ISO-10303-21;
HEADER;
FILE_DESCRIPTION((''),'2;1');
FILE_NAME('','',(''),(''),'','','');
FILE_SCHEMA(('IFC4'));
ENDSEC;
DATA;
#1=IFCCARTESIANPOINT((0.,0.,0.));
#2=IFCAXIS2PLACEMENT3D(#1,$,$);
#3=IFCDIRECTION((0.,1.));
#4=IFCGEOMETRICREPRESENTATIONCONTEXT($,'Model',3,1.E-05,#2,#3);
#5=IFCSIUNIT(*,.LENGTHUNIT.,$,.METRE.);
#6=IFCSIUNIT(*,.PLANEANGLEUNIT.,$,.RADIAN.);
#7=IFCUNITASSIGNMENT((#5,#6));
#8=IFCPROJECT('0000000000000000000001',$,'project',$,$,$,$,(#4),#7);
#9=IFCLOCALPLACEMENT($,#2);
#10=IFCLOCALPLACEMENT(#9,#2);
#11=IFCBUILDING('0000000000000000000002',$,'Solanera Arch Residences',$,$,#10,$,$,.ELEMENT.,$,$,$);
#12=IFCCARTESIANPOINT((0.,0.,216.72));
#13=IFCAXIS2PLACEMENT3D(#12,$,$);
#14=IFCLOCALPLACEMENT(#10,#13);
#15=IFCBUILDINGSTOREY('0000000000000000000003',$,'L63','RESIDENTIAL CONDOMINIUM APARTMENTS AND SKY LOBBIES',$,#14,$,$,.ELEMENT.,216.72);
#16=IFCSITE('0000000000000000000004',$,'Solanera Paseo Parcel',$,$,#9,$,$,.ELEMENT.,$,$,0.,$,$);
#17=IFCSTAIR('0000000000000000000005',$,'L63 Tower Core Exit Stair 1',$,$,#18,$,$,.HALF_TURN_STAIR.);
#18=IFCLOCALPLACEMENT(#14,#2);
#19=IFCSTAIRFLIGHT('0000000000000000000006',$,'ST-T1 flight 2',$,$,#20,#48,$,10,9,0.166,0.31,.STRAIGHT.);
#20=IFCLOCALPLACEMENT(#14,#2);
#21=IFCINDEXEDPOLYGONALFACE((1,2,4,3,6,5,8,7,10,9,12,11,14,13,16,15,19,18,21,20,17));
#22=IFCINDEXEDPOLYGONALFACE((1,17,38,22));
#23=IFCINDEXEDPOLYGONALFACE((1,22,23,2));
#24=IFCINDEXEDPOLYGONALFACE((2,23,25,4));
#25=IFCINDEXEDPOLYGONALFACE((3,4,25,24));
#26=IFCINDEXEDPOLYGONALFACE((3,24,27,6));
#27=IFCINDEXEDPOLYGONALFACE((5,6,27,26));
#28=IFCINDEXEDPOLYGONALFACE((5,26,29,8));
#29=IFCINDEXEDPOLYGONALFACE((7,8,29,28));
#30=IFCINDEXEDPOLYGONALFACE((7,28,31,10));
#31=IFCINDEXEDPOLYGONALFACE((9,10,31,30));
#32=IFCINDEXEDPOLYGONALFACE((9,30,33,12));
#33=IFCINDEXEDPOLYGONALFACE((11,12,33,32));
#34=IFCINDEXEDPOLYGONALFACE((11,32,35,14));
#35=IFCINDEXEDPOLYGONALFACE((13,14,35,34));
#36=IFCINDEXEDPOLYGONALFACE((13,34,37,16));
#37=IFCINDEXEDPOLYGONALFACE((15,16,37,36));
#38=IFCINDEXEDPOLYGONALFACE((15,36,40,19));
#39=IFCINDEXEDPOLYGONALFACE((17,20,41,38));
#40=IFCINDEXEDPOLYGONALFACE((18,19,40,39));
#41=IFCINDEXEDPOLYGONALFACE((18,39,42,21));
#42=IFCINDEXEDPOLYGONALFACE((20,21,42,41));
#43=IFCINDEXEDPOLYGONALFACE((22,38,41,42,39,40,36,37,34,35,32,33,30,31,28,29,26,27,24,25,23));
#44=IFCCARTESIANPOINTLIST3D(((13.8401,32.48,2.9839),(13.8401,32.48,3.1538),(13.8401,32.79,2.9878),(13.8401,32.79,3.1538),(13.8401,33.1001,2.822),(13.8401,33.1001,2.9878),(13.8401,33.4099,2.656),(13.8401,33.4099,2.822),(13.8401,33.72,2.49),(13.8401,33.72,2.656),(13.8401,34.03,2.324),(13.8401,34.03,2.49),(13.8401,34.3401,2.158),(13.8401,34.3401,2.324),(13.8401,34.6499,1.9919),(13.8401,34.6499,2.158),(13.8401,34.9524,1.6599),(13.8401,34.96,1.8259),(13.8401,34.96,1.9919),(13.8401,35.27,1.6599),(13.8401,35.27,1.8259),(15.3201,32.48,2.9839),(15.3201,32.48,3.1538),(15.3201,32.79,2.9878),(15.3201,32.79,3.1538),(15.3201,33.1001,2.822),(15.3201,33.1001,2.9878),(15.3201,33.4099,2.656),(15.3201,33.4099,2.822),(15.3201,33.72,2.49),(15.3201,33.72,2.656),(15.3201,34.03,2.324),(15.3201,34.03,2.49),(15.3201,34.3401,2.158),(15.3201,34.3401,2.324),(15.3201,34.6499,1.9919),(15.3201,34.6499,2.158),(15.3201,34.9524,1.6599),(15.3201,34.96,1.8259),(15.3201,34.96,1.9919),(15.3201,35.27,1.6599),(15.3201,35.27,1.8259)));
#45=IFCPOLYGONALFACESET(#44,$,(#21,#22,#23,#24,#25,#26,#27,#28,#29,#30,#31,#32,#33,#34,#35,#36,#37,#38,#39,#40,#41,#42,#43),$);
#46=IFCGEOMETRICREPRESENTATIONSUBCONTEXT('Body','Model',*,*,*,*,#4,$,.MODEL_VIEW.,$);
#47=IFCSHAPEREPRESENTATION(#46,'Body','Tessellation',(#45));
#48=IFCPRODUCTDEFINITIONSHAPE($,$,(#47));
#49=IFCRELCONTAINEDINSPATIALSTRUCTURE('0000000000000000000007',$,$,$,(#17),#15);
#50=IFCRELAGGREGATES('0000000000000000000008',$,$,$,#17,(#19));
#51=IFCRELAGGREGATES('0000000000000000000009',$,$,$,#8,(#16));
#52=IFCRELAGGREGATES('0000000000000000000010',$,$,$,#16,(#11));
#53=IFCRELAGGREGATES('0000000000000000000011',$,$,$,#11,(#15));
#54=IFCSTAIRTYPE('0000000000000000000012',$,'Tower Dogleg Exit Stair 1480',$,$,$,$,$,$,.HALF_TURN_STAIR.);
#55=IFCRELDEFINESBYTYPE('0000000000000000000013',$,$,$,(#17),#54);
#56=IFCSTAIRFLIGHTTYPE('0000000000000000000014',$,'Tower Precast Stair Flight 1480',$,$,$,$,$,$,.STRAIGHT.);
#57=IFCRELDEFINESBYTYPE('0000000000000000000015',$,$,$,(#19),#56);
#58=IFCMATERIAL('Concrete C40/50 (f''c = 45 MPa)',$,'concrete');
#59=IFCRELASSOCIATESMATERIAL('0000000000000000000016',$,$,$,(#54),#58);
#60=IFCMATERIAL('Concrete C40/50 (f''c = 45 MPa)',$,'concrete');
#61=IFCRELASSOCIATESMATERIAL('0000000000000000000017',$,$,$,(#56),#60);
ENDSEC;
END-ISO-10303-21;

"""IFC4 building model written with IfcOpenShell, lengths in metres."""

from ifc_helpers import new_model, si_unit, direction, frame, origin, place, context, subcontext, project, spatial, polyline, outline, extrude, material, type_object, element, aggregate, save


model = new_model("IFC4")

# Units and contexts
model_context = context("Model", 3, precision=1e-05, world=origin(), true_north=direction((0.0, 1.0)))
body_context = subcontext(model_context, "Body", "Model", "MODEL_VIEW")
ifc_project = project(units=[si_unit("LENGTHUNIT", "METRE"), si_unit("PLANEANGLEUNIT", "RADIAN")], contexts=[model_context])

# Site, building, storey
site_placement = place(None, origin())
site = spatial("IfcSite", under=ifc_project, at=site_placement, Name="Solanera Paseo Parcel", CompositionType="ELEMENT", RefElevation=0.0)
building_placement = place(site_placement, origin())
building = spatial("IfcBuilding", under=site, at=building_placement, Name="Solanera Arch Residences", CompositionType="ELEMENT")
storey_placement = place(building_placement, frame((0.0, 0.0, 216.72)))
storey = spatial("IfcBuildingStorey", under=building, at=storey_placement, Name="L63", Description="RESIDENTIAL CONDOMINIUM APARTMENTS AND SKY LOBBIES", CompositionType="ELEMENT", Elevation=216.72)

# Stair, stair flight
ifc_material_1 = material(Name="Concrete C40/50 (f'c = 45 MPa)", Category="concrete")
stair_type = type_object("IfcStairType", Name="Tower Dogleg Exit Stair 1480", PredefinedType="HALF_TURN_STAIR", material=ifc_material_1)
stair_placement = place(storey_placement, origin())
stair = element("IfcStair", 1, at=stair_placement, inside=storey, type_object=stair_type, Name="L63 Tower Core Exit Stair 1", PredefinedType="HALF_TURN_STAIR")
ifc_material_2 = material(Name="Concrete C40/50 (f'c = 45 MPa)", Category="concrete")
stair_flight_type = type_object("IfcStairFlightType", Name="Tower Precast Stair Flight 1480", PredefinedType="STRAIGHT", material=ifc_material_2)
stair_flight_placement = place(storey_placement, frame((14.5801, 35.27, 1.6599), z_axis=(0.0, 0.0, 1.0), x_axis=(0.0, -1.0, 0.0)))
stair_flight = element("IfcStairFlight", 2, at=stair_flight_placement, type_object=stair_flight_type, Name="ST-T1 flight 2", NumberOfRisers=10, NumberOfTreads=9, PredefinedType="STRAIGHT", RiserHeight=0.166, TreadLength=0.31, context=body_context, shape_type="SweptSolid", body=[
    extrude(outline(polyline([(0.0, 0.0), (0.0, 0.166), (0.3101, 0.166), (0.3101, 0.332), (0.6201, 0.332), (0.6201, 0.498), (0.9299, 0.498), (0.9299, 0.6641), (1.24, 0.6641), (1.24, 0.8301), (1.55, 0.8301), (1.55, 0.9961), (1.8601, 0.9961), (1.8601, 1.1621), (2.1699, 1.1621), (2.1699, 1.3279), (2.48, 1.3279), (2.48, 1.4939), (2.79, 1.4939), (2.79, 1.6599), (2.79, 1.324), (0.3176, 0.0), (0.0, 0.0)])), frame((0.0, 0.74, 0.0), z_axis=(0.0, -1.0, 0.0), x_axis=(1.0, 0.0, 0.0)), (0.0, 0.0, 1.0), 1.48),
])
aggregate(stair, [stair_flight])

save(model, "model.ifc")
